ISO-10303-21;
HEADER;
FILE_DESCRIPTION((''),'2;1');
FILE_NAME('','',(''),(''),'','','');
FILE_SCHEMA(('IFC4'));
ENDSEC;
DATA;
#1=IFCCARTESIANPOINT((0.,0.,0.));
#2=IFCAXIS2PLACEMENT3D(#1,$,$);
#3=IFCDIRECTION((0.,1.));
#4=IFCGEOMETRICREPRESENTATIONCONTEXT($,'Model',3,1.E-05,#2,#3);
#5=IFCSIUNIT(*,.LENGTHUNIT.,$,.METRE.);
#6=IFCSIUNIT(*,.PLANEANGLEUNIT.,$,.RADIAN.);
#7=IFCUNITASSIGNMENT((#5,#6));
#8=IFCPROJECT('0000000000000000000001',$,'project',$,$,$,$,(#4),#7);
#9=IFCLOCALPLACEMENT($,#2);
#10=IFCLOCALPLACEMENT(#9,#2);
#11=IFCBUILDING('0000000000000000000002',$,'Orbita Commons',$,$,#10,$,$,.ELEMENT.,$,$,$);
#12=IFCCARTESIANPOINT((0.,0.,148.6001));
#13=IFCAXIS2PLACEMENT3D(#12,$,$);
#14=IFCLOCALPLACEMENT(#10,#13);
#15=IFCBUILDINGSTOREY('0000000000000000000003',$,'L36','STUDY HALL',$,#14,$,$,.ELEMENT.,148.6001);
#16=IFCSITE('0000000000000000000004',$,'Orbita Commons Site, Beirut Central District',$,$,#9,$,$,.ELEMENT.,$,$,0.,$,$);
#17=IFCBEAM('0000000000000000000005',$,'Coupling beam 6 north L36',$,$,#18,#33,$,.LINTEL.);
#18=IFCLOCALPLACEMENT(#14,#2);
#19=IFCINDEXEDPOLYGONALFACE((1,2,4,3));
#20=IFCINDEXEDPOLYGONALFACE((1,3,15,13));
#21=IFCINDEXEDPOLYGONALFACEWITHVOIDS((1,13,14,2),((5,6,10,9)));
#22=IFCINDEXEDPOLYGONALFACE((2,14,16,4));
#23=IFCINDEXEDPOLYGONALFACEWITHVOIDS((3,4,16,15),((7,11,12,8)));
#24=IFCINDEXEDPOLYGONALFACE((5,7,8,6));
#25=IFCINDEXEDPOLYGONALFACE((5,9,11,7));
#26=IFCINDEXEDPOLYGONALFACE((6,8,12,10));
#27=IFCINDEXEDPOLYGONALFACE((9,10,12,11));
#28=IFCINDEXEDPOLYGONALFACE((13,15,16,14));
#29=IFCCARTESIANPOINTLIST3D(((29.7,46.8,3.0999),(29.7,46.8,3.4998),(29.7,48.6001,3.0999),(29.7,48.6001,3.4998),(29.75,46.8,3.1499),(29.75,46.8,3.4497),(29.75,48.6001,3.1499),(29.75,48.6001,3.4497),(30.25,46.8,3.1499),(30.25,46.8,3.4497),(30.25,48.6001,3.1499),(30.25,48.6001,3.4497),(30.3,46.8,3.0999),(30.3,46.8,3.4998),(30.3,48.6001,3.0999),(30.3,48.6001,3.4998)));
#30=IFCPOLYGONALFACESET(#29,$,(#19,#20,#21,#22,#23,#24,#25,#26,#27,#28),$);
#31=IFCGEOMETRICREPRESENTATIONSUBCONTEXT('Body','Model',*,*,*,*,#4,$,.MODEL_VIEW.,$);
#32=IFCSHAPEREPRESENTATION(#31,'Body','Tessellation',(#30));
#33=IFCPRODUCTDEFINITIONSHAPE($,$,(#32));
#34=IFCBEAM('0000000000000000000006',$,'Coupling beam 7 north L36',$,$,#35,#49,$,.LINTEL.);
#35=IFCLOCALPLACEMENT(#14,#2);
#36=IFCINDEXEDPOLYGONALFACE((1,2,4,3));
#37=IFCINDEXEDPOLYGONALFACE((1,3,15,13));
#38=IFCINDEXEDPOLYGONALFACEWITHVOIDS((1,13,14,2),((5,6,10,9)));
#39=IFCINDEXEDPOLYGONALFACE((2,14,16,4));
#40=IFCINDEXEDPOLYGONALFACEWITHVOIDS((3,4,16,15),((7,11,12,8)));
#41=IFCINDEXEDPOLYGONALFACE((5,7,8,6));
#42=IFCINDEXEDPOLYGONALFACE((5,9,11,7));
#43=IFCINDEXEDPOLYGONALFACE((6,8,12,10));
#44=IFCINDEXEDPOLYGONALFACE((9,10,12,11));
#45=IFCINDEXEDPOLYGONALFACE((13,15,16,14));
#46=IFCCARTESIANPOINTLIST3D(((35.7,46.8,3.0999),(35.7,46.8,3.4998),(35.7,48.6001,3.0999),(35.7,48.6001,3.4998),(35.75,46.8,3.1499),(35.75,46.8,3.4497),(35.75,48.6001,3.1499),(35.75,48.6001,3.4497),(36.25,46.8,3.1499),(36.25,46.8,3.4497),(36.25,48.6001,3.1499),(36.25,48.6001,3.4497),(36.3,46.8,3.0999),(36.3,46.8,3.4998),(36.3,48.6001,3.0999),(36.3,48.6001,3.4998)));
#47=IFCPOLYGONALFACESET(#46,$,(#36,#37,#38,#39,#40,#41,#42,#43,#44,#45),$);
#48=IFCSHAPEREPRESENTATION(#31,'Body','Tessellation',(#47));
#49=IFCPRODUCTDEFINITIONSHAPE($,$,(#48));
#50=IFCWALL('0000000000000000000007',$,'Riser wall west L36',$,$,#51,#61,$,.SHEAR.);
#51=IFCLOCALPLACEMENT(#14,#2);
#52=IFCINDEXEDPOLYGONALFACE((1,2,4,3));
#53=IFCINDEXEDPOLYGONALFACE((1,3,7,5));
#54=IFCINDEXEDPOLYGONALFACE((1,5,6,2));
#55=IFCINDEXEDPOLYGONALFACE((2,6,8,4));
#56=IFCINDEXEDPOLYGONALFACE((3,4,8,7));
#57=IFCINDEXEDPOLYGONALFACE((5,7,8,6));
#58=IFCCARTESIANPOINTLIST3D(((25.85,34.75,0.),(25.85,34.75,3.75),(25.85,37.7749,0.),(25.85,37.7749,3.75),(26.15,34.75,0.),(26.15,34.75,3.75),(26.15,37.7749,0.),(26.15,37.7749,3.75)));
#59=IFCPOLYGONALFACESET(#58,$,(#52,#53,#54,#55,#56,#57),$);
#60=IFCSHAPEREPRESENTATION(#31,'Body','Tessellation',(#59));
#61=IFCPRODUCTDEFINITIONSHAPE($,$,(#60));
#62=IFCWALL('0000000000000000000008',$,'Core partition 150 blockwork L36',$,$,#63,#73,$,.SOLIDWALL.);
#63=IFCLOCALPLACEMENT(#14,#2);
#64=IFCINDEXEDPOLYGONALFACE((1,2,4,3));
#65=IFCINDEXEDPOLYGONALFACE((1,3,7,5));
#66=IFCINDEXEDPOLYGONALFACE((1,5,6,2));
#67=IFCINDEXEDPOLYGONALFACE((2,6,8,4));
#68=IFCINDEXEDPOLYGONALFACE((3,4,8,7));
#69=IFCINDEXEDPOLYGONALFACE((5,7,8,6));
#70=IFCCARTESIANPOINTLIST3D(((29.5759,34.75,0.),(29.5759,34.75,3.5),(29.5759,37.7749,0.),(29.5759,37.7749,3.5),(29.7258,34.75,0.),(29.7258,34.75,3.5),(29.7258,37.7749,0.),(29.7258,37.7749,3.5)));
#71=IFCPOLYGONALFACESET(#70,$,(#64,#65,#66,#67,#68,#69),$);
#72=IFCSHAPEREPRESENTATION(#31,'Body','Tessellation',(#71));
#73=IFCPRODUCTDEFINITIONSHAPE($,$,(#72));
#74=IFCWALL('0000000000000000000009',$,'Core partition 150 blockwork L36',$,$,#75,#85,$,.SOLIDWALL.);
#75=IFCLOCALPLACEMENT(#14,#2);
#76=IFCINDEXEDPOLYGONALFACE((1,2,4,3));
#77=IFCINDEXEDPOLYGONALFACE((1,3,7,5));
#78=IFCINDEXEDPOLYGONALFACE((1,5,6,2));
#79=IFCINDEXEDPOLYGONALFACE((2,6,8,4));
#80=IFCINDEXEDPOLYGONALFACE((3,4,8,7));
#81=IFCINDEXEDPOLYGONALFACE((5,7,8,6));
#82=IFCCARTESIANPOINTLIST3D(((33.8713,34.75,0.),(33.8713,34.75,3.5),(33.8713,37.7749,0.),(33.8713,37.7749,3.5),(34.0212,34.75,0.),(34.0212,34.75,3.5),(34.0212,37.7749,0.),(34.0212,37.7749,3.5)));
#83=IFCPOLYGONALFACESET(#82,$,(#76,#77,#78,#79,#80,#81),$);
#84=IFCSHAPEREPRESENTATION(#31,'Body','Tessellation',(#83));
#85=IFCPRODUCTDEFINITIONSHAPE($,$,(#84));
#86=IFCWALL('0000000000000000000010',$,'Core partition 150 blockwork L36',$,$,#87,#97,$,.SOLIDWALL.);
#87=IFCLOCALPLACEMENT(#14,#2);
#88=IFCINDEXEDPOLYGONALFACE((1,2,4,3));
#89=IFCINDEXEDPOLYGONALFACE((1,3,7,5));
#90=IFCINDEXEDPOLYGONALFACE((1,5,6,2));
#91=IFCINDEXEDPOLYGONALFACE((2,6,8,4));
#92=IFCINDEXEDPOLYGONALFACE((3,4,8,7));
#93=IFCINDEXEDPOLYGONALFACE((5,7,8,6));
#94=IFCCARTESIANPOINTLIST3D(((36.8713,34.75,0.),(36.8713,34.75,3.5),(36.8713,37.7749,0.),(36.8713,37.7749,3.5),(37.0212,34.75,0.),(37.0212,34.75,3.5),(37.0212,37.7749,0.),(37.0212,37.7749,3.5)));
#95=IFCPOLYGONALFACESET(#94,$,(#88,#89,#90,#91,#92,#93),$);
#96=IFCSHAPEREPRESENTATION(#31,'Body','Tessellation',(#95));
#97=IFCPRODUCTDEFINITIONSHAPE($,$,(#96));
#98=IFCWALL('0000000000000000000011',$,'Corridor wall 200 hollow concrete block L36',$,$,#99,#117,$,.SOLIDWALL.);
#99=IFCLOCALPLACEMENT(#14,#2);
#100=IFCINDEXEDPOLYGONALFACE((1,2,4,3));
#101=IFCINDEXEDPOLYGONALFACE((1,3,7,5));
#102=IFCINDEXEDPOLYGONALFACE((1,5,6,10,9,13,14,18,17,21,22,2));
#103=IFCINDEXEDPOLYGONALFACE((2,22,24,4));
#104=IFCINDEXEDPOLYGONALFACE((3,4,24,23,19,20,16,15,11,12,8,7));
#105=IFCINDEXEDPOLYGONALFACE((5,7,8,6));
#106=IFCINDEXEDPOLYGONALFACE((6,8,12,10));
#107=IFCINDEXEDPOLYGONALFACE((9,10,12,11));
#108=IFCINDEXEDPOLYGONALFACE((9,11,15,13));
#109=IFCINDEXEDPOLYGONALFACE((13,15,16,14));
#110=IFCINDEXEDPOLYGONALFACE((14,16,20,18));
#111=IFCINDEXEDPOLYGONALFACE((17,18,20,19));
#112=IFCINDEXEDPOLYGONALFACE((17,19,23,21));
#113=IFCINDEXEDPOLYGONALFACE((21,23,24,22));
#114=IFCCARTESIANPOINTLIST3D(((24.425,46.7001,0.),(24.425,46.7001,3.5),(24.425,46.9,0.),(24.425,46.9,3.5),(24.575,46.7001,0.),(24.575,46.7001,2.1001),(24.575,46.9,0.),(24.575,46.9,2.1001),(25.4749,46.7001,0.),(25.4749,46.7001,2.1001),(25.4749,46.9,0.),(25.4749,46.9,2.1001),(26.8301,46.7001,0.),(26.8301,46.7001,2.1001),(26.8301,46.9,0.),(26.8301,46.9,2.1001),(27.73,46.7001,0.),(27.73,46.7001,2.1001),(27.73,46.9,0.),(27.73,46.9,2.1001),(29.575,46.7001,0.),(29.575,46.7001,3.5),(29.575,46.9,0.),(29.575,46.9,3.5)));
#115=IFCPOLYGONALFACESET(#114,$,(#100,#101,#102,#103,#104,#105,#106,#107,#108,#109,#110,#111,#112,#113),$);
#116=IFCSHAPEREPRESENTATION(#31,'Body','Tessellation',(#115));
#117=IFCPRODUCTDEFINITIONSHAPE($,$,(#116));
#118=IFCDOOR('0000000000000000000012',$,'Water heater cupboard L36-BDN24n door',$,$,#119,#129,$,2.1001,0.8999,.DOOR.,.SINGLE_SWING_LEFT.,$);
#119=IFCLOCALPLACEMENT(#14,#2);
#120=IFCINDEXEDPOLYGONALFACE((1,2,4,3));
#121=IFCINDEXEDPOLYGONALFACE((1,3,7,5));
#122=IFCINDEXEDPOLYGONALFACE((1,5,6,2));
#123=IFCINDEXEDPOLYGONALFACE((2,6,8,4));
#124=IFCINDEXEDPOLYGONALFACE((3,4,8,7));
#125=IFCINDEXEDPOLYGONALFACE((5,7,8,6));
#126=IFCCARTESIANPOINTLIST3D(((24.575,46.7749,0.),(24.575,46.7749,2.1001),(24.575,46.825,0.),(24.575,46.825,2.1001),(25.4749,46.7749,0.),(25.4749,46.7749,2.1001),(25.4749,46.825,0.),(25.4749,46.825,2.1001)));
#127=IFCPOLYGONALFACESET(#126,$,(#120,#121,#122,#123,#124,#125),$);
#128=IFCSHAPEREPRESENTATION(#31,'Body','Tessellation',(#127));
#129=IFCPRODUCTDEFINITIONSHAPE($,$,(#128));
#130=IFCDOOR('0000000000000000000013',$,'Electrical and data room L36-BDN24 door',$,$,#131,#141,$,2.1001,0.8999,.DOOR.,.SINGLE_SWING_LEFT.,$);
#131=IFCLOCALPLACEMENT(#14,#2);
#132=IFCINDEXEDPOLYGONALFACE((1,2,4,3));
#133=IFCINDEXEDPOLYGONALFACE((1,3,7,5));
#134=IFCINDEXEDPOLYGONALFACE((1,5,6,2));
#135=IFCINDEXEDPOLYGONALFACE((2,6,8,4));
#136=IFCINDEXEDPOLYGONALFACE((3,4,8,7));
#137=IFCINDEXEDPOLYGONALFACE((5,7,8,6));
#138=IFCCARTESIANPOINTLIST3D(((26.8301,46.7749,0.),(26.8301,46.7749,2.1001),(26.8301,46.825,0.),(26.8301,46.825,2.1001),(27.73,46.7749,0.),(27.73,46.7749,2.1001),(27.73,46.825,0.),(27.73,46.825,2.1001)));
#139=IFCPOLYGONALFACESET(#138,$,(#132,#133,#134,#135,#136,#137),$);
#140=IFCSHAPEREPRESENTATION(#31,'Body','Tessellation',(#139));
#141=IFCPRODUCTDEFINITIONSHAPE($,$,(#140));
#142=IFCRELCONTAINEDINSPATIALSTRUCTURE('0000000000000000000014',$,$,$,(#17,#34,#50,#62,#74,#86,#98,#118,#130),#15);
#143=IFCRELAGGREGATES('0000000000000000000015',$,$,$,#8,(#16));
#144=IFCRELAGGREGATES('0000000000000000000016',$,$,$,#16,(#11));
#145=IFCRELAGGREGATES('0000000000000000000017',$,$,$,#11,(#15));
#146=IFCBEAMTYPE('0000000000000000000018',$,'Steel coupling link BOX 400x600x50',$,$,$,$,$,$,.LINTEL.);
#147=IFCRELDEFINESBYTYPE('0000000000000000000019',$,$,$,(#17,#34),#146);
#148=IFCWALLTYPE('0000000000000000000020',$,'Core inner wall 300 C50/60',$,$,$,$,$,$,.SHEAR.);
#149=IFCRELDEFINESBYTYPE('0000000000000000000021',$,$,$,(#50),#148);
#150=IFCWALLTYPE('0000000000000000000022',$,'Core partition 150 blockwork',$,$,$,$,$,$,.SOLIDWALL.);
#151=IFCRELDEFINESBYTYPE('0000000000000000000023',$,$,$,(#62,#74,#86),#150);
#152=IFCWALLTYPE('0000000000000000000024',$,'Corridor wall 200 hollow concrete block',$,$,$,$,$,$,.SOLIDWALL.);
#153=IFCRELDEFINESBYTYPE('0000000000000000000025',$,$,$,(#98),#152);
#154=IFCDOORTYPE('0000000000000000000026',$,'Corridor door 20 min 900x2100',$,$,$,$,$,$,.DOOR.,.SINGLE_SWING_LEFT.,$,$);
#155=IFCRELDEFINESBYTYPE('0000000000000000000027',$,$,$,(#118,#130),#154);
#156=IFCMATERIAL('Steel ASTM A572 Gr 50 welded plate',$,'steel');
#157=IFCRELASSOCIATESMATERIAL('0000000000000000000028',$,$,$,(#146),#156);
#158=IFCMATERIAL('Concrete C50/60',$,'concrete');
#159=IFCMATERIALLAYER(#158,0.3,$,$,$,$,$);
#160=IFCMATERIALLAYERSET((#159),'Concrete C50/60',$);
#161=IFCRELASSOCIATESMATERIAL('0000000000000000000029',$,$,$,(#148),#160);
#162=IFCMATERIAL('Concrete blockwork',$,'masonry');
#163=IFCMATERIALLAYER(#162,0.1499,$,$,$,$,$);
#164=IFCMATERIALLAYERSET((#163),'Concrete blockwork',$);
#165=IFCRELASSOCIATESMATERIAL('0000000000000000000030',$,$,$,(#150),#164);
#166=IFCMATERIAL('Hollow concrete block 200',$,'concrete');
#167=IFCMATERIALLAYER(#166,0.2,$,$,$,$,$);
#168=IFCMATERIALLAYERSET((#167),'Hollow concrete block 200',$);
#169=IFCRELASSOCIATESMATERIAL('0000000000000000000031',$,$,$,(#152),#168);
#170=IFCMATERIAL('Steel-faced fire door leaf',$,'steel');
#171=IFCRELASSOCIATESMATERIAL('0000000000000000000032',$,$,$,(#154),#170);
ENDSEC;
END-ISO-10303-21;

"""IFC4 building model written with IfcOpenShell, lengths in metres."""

from ifc_helpers import new_model, si_unit, direction, frame, frame_2d, origin, origin_2d, place, context, subcontext, project, spatial, rectangle, hollow_rectangle, extrude, material, layer, layer_set, material_profile, profile_set, type_object, element, fill, save


model = new_model("IFC4")

# Units and contexts
model_context = context("Model", 3, precision=1e-05, world=origin(), true_north=direction((0.0, 1.0)))
body_context = subcontext(model_context, "Body", "Model", "MODEL_VIEW")
ifc_project = project(units=[si_unit("LENGTHUNIT", "METRE"), si_unit("PLANEANGLEUNIT", "RADIAN")], contexts=[model_context])

# Site, building, storey
site_placement = place(None, origin())
site = spatial("IfcSite", under=ifc_project, at=site_placement, Name="Orbita Commons Site, Beirut Central District", CompositionType="ELEMENT", RefElevation=0.0)
building_placement = place(site_placement, origin())
building = spatial("IfcBuilding", under=site, at=building_placement, Name="Orbita Commons", CompositionType="ELEMENT")
storey_placement = place(building_placement, frame((0.0, 0.0, 148.6001)))
storey = spatial("IfcBuildingStorey", under=building, at=storey_placement, Name="L36", Description="STUDY HALL", CompositionType="ELEMENT", Elevation=148.6001)

# Beams
ifc_material_1 = material(Name="Steel ASTM A572 Gr 50 welded plate", Category="steel")
ifc_material_profile = material_profile(ifc_material_1, hollow_rectangle(XDim=0.6001, YDim=0.3999, WallThickness=0.05, at=origin_2d()), Name="BOX 400x600x50")
ifc_profile_set = profile_set([ifc_material_profile], Name="Steel ASTM A572 Gr 50 welded plate")
beam_type = type_object("IfcBeamType", Name="Steel coupling link BOX 400x600x50", PredefinedType="LINTEL", material=ifc_profile_set)
for number, where, z_axis, x_axis, name in (
    (1, (30.0, 46.8, 3.2998), (0.0, 1.0, 0.0), (-1.0, 0.0, 0.0), "Coupling beam 6 north L36"),
    (2, (36.0, 46.8, 3.2998), (0.0, 1.0, 0.0), (-1.0, 0.0, 0.0), "Coupling beam 7 north L36"),
):
    element("IfcBeam", number, at=place(storey_placement, frame(where, z_axis=z_axis, x_axis=x_axis)), inside=storey, type_object=beam_type, Name=name, PredefinedType="LINTEL", context=body_context, shape_type="SweptSolid", body=[
        extrude(hollow_rectangle(XDim=0.6001, YDim=0.3999, WallThickness=0.05, at=origin_2d()), origin(), (0.0, 0.0, 1.0), 1.8),
    ])

# Walls
ifc_material_2 = material(Name="Concrete C50/60", Category="concrete")
ifc_layer_1 = layer(ifc_material_2, 0.3)
ifc_layer_set_1 = layer_set([ifc_layer_1], Name="Concrete C50/60")
wall_type_1 = type_object("IfcWallType", Name="Core inner wall 300 C50/60", PredefinedType="SHEAR", material=ifc_layer_set_1)
wall_1_placement = place(storey_placement, frame((26.0, 34.75, 0.0), z_axis=(0.0, 0.0, 1.0), x_axis=(0.0, 1.0, 0.0)))
element("IfcWall", 3, at=wall_1_placement, inside=storey, type_object=wall_type_1, Name="Riser wall west L36", PredefinedType="SHEAR", context=body_context, shape_type="SweptSolid", body=[
    extrude(rectangle(XDim=3.0249, YDim=0.3, at=frame_2d((1.5125, 0.0))), origin(), (0.0, 0.0, 1.0), 3.75),
])
ifc_material_3 = material(Name="Concrete blockwork", Category="masonry")
ifc_layer_2 = layer(ifc_material_3, 0.1499)
ifc_layer_set_2 = layer_set([ifc_layer_2], Name="Concrete blockwork")
wall_type_2 = type_object("IfcWallType", Name="Core partition 150 blockwork", PredefinedType="SOLIDWALL", material=ifc_layer_set_2)
for number, where, z_axis, x_axis, name in (
    (4, (29.6509, 34.75, 0.0), (0.0, 0.0, 1.0), (0.0, 1.0, 0.0), "Core partition 150 blockwork L36"),
    (5, (33.9463, 34.75, 0.0), (0.0, 0.0, 1.0), (0.0, 1.0, 0.0), "Core partition 150 blockwork L36"),
    (6, (36.9463, 34.75, 0.0), (0.0, 0.0, 1.0), (0.0, 1.0, 0.0), "Core partition 150 blockwork L36"),
):
    element("IfcWall", number, at=place(storey_placement, frame(where, z_axis=z_axis, x_axis=x_axis)), inside=storey, type_object=wall_type_2, Name=name, PredefinedType="SOLIDWALL", context=body_context, shape_type="SweptSolid", body=[
        extrude(rectangle(XDim=3.0249, YDim=0.1499, at=frame_2d((1.5125, 0.0))), origin(), (0.0, 0.0, 1.0), 3.5),
    ])

# Wall, openings, doors
ifc_material_4 = material(Name="Hollow concrete block 200", Category="concrete")
ifc_layer_3 = layer(ifc_material_4, 0.2)
ifc_layer_set_3 = layer_set([ifc_layer_3], Name="Hollow concrete block 200")
wall_type_3 = type_object("IfcWallType", Name="Corridor wall 200 hollow concrete block", PredefinedType="SOLIDWALL", material=ifc_layer_set_3)
wall_2_placement = place(storey_placement, frame((24.425, 46.8, 0.0), z_axis=(0.0, 0.0, 1.0), x_axis=(1.0, 0.0, 0.0)))
wall_2 = element("IfcWall", 7, at=wall_2_placement, inside=storey, type_object=wall_type_3, Name="Corridor wall 200 hollow concrete block L36", PredefinedType="SOLIDWALL", context=body_context, shape_type="SweptSolid", body=[
    extrude(rectangle(XDim=5.1499, YDim=0.2, at=frame_2d((2.575, 0.0))), origin(), (0.0, 0.0, 1.0), 3.5),
])
opening_1_placement = place(wall_2_placement, frame((0.1499, 0.0, 0.0)))
opening_1 = element("IfcOpeningElement", 8, at=opening_1_placement, cuts=wall_2, PredefinedType="OPENING", context=body_context, shape_type="SweptSolid", body=[
    extrude(rectangle(XDim=0.8999, YDim=2.1001, at=frame_2d((0.45, 1.05))), frame((0.0, 0.1099, 0.0), z_axis=(0.0, -1.0, 0.0), x_axis=(1.0, 0.0, 0.0)), (0.0, 0.0, 1.0), 0.22),
])
opening_2_placement = place(wall_2_placement, frame((2.405, 0.0, 0.0)))
opening_2 = element("IfcOpeningElement", 9, at=opening_2_placement, cuts=wall_2, PredefinedType="OPENING", context=body_context, shape_type="SweptSolid", body=[
    extrude(rectangle(XDim=0.8999, YDim=2.1001, at=frame_2d((0.45, 1.05))), frame((0.0, 0.1099, 0.0), z_axis=(0.0, -1.0, 0.0), x_axis=(1.0, 0.0, 0.0)), (0.0, 0.0, 1.0), 0.22),
])
ifc_material_5 = material(Name="Steel-faced fire door leaf", Category="steel")
door_type = type_object("IfcDoorType", Name="Corridor door 20 min 900x2100", OperationType="SINGLE_SWING_LEFT", PredefinedType="DOOR", material=ifc_material_5)
door_1_placement = place(opening_1_placement, origin())
door_1 = element("IfcDoor", 10, at=door_1_placement, inside=storey, type_object=door_type, Name="Water heater cupboard L36-BDN24n door", OperationType="SINGLE_SWING_LEFT", OverallHeight=2.1001, OverallWidth=0.8999, PredefinedType="DOOR", context=body_context, shape_type="SweptSolid", body=[
    extrude(rectangle(XDim=0.8999, YDim=2.1001, at=frame_2d((0.45, 1.05))), frame((0.0, 0.0249, 0.0), z_axis=(0.0, -1.0, 0.0), x_axis=(1.0, 0.0, 0.0)), (0.0, 0.0, 1.0), 0.05),
])
fill(opening_1, door_1)
door_2_placement = place(opening_2_placement, origin())
door_2 = element("IfcDoor", 11, at=door_2_placement, inside=storey, type_object=door_type, Name="Electrical and data room L36-BDN24 door", OperationType="SINGLE_SWING_LEFT", OverallHeight=2.1001, OverallWidth=0.8999, PredefinedType="DOOR", context=body_context, shape_type="SweptSolid", body=[
    extrude(rectangle(XDim=0.8999, YDim=2.1001, at=frame_2d((0.45, 1.05))), frame((0.0, 0.0249, 0.0), z_axis=(0.0, -1.0, 0.0), x_axis=(1.0, 0.0, 0.0)), (0.0, 0.0, 1.0), 0.05),
])
fill(opening_2, door_2)

save(model, "model.ifc")
